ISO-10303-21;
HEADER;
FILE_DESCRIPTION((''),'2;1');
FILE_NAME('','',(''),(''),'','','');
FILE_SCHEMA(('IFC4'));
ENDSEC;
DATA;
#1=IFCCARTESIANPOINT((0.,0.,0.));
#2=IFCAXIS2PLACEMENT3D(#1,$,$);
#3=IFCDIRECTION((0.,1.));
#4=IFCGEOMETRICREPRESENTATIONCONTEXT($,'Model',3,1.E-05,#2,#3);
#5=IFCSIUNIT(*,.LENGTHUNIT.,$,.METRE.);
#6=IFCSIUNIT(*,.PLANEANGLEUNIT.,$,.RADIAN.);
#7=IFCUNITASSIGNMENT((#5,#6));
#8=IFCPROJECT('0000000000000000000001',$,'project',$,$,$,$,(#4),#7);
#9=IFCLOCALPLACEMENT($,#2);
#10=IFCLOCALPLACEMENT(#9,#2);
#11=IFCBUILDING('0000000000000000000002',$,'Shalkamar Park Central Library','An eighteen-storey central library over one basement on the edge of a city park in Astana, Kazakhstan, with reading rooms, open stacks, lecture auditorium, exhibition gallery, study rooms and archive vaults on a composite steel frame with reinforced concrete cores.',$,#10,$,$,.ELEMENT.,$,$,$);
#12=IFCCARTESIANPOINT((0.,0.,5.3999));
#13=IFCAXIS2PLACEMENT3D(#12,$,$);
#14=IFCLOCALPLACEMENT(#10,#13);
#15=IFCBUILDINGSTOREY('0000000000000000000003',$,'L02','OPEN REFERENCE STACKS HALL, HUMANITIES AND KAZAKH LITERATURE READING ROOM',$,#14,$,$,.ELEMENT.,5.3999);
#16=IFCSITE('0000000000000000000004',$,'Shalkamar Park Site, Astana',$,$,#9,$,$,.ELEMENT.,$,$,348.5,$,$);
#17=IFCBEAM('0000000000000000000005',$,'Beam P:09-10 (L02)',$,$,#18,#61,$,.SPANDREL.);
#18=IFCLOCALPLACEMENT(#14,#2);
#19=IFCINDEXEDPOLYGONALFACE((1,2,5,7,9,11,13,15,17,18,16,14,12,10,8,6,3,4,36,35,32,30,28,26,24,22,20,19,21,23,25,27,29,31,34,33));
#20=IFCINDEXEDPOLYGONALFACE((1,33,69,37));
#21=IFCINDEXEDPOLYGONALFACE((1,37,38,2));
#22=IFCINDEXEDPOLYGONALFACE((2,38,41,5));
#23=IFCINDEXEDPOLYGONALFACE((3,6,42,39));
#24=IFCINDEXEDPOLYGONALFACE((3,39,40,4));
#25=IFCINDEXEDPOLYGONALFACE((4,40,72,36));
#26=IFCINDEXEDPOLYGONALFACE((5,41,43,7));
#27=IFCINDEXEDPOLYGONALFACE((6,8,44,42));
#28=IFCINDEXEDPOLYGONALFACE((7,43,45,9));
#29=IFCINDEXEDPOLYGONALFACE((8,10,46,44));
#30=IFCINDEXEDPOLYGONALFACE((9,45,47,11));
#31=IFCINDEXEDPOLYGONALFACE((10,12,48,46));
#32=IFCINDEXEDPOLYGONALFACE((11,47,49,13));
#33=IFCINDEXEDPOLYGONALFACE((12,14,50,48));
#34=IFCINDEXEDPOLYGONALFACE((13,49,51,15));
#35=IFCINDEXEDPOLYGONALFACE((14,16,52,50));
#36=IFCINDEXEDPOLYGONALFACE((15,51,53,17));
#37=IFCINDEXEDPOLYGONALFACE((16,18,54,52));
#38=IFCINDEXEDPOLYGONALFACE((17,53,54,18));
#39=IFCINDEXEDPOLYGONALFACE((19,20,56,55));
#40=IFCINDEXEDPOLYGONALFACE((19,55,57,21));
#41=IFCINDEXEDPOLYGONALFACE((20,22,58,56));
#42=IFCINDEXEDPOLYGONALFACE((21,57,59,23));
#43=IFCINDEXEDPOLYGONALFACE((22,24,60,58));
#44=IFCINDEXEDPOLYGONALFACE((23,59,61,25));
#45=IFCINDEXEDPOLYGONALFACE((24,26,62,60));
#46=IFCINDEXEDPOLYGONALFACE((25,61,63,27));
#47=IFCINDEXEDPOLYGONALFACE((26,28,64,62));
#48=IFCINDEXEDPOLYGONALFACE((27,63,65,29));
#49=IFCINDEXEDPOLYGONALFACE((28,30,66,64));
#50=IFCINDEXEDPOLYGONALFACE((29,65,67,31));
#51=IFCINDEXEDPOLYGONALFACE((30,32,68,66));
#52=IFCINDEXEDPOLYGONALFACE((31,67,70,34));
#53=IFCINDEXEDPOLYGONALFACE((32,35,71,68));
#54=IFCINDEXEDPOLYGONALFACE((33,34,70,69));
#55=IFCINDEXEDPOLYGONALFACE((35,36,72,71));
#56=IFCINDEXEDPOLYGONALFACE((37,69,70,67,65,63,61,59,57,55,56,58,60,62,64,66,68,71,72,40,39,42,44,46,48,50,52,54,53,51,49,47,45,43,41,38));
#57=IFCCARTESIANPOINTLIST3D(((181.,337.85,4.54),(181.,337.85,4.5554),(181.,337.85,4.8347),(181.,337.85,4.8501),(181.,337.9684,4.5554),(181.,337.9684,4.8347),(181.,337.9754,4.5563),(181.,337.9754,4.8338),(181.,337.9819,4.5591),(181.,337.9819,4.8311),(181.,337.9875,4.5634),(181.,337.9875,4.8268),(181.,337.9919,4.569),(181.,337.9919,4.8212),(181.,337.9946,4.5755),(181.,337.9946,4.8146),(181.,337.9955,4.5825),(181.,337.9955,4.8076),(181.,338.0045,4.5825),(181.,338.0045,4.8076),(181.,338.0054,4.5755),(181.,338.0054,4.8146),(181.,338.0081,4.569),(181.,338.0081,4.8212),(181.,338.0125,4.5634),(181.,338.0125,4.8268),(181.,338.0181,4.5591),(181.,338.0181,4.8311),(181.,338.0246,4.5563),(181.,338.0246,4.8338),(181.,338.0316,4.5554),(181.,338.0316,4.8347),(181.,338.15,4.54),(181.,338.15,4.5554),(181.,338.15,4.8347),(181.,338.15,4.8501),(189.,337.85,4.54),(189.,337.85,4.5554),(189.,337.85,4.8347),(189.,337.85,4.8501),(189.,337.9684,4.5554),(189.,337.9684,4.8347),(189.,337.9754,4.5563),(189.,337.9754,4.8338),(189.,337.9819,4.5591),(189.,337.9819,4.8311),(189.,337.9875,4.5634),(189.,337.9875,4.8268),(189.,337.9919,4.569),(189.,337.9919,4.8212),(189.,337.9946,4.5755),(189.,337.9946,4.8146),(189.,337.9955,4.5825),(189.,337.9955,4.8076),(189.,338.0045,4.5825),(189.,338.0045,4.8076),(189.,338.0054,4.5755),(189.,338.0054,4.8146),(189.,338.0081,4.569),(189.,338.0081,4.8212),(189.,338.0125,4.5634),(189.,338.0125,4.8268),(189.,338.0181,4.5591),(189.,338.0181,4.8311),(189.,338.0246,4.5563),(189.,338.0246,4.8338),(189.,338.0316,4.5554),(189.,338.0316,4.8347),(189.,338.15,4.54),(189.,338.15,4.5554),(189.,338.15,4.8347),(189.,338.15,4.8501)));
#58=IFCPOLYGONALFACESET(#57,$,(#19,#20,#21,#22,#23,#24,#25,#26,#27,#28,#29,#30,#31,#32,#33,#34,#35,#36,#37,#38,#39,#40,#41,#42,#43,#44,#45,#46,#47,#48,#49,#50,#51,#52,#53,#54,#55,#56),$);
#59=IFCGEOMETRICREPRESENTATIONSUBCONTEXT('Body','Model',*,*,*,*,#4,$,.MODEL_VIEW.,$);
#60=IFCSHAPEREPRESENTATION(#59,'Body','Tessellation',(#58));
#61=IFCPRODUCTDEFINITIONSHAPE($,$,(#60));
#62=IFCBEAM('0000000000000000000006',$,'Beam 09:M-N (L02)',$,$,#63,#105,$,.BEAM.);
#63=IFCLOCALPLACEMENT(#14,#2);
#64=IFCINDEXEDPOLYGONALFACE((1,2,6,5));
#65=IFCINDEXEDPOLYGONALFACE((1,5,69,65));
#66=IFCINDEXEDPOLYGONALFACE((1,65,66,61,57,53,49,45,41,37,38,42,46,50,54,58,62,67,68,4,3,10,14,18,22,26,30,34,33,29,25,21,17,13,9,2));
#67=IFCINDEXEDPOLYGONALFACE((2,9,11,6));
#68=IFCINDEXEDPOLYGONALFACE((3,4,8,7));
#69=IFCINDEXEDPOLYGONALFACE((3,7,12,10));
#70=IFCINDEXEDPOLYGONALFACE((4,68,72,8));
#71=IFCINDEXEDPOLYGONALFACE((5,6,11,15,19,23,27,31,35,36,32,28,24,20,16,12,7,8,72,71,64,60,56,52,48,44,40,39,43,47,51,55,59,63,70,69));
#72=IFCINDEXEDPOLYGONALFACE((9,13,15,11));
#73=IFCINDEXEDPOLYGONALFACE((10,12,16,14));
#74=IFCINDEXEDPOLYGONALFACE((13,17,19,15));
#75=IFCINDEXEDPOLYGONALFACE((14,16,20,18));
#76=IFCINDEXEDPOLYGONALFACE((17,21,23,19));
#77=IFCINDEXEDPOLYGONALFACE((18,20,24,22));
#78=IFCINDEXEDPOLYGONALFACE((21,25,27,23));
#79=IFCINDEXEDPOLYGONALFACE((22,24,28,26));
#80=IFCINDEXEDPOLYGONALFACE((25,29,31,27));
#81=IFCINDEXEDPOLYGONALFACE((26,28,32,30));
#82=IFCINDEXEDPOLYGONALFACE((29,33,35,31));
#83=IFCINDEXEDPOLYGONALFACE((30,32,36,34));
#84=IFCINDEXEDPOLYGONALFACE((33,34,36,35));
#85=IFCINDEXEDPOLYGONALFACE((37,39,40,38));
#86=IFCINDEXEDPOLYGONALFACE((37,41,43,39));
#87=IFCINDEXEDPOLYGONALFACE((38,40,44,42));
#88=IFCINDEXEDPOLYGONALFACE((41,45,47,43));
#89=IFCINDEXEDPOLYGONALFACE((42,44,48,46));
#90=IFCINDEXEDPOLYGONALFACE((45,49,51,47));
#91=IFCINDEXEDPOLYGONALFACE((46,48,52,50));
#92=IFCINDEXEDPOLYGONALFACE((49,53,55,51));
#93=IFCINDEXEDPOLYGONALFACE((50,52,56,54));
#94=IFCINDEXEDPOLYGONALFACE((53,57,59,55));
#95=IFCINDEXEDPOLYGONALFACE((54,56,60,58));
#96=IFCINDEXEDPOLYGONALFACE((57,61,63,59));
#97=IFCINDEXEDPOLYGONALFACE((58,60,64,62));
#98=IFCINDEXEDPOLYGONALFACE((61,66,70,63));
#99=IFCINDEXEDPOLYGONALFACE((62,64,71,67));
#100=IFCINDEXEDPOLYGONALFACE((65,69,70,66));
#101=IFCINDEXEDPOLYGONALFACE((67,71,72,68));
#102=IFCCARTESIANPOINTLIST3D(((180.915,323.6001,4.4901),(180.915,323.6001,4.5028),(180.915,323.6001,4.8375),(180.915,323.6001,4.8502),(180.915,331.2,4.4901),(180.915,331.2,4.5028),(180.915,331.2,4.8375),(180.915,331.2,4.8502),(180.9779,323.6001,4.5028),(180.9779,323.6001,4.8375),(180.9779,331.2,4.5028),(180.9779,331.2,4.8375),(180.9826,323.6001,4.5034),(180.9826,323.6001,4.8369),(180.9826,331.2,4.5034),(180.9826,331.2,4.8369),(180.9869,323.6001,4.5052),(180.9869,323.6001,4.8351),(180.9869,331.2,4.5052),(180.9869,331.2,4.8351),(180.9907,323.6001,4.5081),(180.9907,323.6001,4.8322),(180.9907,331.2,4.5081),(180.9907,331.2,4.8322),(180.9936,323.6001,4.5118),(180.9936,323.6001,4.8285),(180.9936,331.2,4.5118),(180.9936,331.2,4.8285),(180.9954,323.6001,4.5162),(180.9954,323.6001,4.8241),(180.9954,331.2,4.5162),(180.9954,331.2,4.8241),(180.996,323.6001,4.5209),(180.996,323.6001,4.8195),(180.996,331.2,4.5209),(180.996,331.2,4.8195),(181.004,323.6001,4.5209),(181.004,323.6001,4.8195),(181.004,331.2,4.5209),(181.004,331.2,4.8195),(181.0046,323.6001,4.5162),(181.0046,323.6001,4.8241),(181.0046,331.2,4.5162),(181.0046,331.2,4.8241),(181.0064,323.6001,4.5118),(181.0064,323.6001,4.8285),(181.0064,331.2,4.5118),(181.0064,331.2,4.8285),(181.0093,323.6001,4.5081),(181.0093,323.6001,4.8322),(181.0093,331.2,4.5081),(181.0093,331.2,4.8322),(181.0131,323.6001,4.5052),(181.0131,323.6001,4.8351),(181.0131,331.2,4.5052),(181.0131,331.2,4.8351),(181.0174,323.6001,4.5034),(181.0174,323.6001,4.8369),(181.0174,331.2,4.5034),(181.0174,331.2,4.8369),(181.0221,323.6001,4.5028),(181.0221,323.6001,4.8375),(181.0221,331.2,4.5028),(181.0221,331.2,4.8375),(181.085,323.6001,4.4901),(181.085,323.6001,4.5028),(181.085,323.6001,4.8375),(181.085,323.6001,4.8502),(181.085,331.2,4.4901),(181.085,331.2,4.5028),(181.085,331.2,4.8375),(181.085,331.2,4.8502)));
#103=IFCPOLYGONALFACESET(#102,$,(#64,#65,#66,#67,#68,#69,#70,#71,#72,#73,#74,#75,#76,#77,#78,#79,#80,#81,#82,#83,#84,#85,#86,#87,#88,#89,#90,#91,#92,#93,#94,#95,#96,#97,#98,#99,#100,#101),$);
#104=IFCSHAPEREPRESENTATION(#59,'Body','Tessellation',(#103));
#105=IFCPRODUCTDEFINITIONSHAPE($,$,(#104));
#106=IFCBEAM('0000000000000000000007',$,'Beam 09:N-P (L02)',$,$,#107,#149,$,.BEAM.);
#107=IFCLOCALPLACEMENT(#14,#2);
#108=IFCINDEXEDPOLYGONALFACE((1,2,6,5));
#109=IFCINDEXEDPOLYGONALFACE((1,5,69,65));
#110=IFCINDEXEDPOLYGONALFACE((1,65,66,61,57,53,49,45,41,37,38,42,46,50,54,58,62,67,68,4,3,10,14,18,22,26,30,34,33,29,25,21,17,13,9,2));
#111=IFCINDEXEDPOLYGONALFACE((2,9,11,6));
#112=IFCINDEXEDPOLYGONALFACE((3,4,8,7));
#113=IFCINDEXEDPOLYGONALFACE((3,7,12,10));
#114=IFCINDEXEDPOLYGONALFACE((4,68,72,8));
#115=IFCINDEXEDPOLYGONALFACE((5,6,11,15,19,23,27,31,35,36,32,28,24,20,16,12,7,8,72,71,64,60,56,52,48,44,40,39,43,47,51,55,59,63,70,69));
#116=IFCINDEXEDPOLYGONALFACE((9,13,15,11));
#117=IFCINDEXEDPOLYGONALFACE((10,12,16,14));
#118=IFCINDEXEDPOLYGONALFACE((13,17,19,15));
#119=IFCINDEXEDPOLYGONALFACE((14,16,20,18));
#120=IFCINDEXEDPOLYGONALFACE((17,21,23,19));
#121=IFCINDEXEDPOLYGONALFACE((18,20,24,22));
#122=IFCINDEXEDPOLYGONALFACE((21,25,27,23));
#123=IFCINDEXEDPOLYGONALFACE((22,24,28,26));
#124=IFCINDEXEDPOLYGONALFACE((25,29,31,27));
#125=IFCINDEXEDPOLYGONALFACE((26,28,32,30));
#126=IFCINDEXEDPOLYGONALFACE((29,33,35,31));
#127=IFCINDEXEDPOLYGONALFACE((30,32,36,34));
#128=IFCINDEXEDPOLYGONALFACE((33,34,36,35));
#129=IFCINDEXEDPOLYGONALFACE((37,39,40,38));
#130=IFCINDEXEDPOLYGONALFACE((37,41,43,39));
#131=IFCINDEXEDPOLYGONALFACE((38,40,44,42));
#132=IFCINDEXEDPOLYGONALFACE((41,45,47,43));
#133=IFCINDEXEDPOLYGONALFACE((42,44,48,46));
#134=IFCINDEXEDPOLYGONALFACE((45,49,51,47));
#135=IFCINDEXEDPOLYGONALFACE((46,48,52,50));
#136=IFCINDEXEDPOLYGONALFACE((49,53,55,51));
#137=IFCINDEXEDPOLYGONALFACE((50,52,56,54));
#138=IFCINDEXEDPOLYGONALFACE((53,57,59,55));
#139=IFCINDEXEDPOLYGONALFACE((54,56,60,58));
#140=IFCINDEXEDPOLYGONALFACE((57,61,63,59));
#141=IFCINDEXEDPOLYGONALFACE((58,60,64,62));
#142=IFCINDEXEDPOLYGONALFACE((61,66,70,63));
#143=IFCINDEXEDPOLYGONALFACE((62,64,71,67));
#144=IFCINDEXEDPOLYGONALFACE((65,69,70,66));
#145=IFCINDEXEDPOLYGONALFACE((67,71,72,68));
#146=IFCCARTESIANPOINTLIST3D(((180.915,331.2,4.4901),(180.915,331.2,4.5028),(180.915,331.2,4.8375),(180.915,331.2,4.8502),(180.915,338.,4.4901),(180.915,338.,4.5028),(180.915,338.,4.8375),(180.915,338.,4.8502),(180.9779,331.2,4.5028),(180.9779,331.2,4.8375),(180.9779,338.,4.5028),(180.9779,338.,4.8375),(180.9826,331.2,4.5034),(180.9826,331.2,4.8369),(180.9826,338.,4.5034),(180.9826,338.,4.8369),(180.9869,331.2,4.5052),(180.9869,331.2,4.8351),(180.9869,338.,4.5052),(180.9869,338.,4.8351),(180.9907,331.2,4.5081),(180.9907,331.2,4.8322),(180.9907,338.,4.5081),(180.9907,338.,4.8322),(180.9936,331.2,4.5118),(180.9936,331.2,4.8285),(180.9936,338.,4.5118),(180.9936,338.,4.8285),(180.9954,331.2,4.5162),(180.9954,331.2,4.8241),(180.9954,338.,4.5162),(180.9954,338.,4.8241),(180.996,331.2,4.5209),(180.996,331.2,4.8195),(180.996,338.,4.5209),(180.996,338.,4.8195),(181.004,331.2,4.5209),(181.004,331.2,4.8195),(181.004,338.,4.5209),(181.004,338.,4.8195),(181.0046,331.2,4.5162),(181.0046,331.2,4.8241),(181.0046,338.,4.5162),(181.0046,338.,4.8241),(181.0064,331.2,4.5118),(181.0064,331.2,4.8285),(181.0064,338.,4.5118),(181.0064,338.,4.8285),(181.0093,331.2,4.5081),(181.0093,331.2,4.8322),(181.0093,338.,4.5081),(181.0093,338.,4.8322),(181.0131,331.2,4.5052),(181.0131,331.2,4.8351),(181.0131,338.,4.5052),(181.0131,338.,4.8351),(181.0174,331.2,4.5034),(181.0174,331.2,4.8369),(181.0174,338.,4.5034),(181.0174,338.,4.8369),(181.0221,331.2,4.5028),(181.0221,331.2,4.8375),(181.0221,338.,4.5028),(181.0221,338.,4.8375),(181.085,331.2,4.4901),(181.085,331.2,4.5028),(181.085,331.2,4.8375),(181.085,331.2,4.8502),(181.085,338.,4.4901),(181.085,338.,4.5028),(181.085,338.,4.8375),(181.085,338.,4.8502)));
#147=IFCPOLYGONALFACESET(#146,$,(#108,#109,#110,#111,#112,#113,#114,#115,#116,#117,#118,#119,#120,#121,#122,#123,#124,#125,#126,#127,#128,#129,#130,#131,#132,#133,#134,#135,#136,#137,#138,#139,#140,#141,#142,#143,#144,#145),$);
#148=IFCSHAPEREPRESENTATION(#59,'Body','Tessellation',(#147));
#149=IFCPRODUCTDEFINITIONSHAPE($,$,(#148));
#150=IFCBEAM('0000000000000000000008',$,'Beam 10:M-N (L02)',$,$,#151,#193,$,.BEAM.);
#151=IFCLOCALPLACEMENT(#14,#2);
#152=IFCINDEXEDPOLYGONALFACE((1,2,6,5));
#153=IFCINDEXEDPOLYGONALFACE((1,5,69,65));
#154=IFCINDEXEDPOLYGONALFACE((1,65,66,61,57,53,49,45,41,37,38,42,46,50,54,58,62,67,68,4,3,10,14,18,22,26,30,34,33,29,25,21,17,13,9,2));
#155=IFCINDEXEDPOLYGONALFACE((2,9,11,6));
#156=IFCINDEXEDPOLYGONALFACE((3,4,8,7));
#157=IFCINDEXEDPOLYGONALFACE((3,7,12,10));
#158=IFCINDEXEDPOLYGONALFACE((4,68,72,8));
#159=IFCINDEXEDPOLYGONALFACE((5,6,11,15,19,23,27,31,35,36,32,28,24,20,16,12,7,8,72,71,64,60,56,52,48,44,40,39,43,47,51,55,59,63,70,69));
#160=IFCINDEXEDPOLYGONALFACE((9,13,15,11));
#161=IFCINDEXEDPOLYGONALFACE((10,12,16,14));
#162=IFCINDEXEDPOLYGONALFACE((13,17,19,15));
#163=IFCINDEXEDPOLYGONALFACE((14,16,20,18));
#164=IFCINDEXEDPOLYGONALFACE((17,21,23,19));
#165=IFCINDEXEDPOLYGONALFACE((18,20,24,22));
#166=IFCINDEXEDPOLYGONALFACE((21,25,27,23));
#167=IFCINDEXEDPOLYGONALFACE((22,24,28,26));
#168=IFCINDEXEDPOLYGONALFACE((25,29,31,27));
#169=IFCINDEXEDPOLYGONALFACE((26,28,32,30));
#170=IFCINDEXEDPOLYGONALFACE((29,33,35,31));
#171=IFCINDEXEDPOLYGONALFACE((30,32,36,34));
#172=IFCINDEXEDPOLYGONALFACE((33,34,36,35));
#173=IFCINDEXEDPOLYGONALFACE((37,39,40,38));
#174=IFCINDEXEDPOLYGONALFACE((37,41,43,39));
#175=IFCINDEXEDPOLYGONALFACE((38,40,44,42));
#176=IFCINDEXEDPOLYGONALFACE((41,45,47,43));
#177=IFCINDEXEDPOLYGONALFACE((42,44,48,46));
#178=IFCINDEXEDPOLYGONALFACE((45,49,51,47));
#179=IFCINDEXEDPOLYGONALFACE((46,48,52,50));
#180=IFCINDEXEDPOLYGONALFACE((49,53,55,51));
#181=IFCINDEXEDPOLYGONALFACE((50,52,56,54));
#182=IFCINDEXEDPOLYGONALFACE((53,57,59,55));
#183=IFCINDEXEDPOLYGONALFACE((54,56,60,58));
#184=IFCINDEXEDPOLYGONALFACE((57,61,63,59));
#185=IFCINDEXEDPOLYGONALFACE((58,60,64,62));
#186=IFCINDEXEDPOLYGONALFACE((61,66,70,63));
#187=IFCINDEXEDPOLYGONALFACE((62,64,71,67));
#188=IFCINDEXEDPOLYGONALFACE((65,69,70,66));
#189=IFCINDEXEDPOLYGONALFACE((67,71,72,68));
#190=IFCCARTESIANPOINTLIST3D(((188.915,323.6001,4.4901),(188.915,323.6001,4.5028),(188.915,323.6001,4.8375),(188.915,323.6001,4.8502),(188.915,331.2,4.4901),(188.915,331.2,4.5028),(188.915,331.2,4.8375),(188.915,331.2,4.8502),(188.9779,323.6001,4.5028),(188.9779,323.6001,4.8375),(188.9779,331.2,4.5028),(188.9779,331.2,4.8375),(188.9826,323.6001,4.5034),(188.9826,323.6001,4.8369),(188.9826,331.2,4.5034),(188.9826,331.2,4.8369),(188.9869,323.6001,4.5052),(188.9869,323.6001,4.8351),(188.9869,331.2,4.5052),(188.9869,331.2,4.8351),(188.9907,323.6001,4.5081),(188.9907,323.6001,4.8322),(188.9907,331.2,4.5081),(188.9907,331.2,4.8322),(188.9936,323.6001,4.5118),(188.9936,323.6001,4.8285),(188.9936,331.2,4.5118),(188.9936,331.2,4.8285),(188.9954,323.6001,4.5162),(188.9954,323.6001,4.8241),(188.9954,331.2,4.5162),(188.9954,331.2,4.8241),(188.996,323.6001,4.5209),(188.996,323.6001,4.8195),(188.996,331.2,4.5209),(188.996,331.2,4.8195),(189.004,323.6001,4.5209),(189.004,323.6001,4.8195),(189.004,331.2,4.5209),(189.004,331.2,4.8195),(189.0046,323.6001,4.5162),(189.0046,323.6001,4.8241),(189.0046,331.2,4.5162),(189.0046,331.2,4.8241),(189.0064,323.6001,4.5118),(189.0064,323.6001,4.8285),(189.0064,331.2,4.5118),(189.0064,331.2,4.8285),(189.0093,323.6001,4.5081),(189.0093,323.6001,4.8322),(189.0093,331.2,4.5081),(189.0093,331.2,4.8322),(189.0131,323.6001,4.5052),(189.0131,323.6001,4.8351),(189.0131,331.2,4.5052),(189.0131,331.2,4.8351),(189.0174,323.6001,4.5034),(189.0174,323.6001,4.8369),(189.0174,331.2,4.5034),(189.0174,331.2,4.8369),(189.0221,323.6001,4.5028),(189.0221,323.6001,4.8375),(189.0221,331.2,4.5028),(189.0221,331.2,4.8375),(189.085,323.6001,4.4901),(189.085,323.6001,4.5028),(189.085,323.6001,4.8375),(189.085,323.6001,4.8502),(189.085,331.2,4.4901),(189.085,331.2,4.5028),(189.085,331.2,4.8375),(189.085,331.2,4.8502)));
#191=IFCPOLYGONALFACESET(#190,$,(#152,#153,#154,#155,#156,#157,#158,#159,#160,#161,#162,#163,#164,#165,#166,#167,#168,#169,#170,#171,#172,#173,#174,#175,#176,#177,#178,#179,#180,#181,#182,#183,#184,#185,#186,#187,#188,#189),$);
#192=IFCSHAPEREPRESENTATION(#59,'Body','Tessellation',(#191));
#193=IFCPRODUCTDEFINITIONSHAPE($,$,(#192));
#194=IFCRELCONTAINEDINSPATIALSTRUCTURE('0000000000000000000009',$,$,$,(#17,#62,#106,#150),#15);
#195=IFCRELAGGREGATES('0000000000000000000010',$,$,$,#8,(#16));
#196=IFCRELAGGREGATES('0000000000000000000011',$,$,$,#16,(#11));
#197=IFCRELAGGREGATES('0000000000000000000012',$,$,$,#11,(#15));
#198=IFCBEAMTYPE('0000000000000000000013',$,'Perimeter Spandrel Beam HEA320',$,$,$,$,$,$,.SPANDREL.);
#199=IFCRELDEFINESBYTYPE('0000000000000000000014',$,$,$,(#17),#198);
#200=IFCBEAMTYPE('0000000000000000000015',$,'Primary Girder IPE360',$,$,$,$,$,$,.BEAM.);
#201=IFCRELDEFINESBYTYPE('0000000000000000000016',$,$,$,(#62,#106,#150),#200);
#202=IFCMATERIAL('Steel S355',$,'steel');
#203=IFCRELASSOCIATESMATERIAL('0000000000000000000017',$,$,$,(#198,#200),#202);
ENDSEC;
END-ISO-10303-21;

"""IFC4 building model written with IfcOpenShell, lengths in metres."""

from ifc_helpers import new_model, si_unit, direction, frame, origin, origin_2d, place, context, subcontext, project, spatial, i_section, extrude, material, material_profile, profile_set, type_object, element, save


model = new_model("IFC4")

# Units and contexts
model_context = context("Model", 3, precision=1e-05, world=origin(), true_north=direction((0.0, 1.0)))
body_context = subcontext(model_context, "Body", "Model", "MODEL_VIEW")
ifc_project = project(units=[si_unit("LENGTHUNIT", "METRE"), si_unit("PLANEANGLEUNIT", "RADIAN")], contexts=[model_context])

# Site, building, storey
site_placement = place(None, origin())
site = spatial("IfcSite", under=ifc_project, at=site_placement, Name="Shalkamar Park Site, Astana", CompositionType="ELEMENT", RefElevation=348.5)
building_placement = place(site_placement, origin())
building = spatial("IfcBuilding", under=site, at=building_placement, Name="Shalkamar Park Central Library", Description="An eighteen-storey central library over one basement on the edge of a city park in Astana, Kazakhstan, with reading rooms, open stacks, lecture auditorium, exhibition gallery, study rooms and archive vaults on a composite steel frame with reinforced concrete cores.", CompositionType="ELEMENT")
storey_placement = place(building_placement, frame((0.0, 0.0, 5.3999)))
storey = spatial("IfcBuildingStorey", under=building, at=storey_placement, Name="L02", Description="OPEN REFERENCE STACKS HALL, HUMANITIES AND KAZAKH LITERATURE READING ROOM", CompositionType="ELEMENT", Elevation=5.3999)

# Shared definitions
ifc_material_1 = material(Name="Steel S355", Category="steel")

# Beams
ifc_material_profile_1 = material_profile(ifc_material_1, i_section(OverallWidth=0.3, OverallDepth=0.3101, WebThickness=0.009, FlangeThickness=0.0154, FilletRadius=0.0271, at=origin_2d()), Name="HEA 320")
ifc_profile_set_1 = profile_set([ifc_material_profile_1], Name="Steel S355")
beam_type_1 = type_object("IfcBeamType", Name="Perimeter Spandrel Beam HEA320", PredefinedType="SPANDREL", material=ifc_profile_set_1)
beam_1_placement = place(storey_placement, frame((181.0, 338.0, 4.6951), z_axis=(1.0, 0.0, 0.0), x_axis=(0.0, 1.0, 0.0)))
element("IfcBeam", 1, at=beam_1_placement, inside=storey, type_object=beam_type_1, Name="Beam P:09-10 (L02)", PredefinedType="SPANDREL", context=body_context, shape_type="SweptSolid", body=[
    extrude(i_section(OverallWidth=0.3, OverallDepth=0.3101, WebThickness=0.009, FlangeThickness=0.0154, FilletRadius=0.0271, at=origin_2d()), origin(), (0.0, 0.0, 1.0), 8.0),
])
ifc_material_profile_2 = material_profile(ifc_material_1, i_section(OverallWidth=0.1699, OverallDepth=0.3601, WebThickness=0.0081, FlangeThickness=0.0127, FilletRadius=0.0181, at=origin_2d()), Name="IPE 360")
ifc_profile_set_2 = profile_set([ifc_material_profile_2], Name="Steel S355")
beam_type_2 = type_object("IfcBeamType", Name="Primary Girder IPE360", PredefinedType="BEAM", material=ifc_profile_set_2)
beam_2_placement = place(storey_placement, frame((181.0, 323.6001, 4.6702), z_axis=(0.0, 1.0, 0.0), x_axis=(-1.0, 0.0, 0.0)))
element("IfcBeam", 2, at=beam_2_placement, inside=storey, type_object=beam_type_2, Name="Beam 09:M-N (L02)", PredefinedType="BEAM", context=body_context, shape_type="SweptSolid", body=[
    extrude(i_section(OverallWidth=0.1699, OverallDepth=0.3601, WebThickness=0.0081, FlangeThickness=0.0127, FilletRadius=0.0181, at=origin_2d()), origin(), (0.0, 0.0, 1.0), 7.5999),
])
beam_3_placement = place(storey_placement, frame((181.0, 331.2, 4.6702), z_axis=(0.0, 1.0, 0.0), x_axis=(-1.0, 0.0, 0.0)))
element("IfcBeam", 3, at=beam_3_placement, inside=storey, type_object=beam_type_2, Name="Beam 09:N-P (L02)", PredefinedType="BEAM", context=body_context, shape_type="SweptSolid", body=[
    extrude(i_section(OverallWidth=0.1699, OverallDepth=0.3601, WebThickness=0.0081, FlangeThickness=0.0127, FilletRadius=0.0181, at=origin_2d()), origin(), (0.0, 0.0, 1.0), 6.8),
])
beam_4_placement = place(storey_placement, frame((189.0, 323.6001, 4.6702), z_axis=(0.0, 1.0, 0.0), x_axis=(-1.0, 0.0, 0.0)))
element("IfcBeam", 4, at=beam_4_placement, inside=storey, type_object=beam_type_2, Name="Beam 10:M-N (L02)", PredefinedType="BEAM", context=body_context, shape_type="SweptSolid", body=[
    extrude(i_section(OverallWidth=0.1699, OverallDepth=0.3601, WebThickness=0.0081, FlangeThickness=0.0127, FilletRadius=0.0181, at=origin_2d()), origin(), (0.0, 0.0, 1.0), 7.5999),
])

save(model, "model.ifc")
